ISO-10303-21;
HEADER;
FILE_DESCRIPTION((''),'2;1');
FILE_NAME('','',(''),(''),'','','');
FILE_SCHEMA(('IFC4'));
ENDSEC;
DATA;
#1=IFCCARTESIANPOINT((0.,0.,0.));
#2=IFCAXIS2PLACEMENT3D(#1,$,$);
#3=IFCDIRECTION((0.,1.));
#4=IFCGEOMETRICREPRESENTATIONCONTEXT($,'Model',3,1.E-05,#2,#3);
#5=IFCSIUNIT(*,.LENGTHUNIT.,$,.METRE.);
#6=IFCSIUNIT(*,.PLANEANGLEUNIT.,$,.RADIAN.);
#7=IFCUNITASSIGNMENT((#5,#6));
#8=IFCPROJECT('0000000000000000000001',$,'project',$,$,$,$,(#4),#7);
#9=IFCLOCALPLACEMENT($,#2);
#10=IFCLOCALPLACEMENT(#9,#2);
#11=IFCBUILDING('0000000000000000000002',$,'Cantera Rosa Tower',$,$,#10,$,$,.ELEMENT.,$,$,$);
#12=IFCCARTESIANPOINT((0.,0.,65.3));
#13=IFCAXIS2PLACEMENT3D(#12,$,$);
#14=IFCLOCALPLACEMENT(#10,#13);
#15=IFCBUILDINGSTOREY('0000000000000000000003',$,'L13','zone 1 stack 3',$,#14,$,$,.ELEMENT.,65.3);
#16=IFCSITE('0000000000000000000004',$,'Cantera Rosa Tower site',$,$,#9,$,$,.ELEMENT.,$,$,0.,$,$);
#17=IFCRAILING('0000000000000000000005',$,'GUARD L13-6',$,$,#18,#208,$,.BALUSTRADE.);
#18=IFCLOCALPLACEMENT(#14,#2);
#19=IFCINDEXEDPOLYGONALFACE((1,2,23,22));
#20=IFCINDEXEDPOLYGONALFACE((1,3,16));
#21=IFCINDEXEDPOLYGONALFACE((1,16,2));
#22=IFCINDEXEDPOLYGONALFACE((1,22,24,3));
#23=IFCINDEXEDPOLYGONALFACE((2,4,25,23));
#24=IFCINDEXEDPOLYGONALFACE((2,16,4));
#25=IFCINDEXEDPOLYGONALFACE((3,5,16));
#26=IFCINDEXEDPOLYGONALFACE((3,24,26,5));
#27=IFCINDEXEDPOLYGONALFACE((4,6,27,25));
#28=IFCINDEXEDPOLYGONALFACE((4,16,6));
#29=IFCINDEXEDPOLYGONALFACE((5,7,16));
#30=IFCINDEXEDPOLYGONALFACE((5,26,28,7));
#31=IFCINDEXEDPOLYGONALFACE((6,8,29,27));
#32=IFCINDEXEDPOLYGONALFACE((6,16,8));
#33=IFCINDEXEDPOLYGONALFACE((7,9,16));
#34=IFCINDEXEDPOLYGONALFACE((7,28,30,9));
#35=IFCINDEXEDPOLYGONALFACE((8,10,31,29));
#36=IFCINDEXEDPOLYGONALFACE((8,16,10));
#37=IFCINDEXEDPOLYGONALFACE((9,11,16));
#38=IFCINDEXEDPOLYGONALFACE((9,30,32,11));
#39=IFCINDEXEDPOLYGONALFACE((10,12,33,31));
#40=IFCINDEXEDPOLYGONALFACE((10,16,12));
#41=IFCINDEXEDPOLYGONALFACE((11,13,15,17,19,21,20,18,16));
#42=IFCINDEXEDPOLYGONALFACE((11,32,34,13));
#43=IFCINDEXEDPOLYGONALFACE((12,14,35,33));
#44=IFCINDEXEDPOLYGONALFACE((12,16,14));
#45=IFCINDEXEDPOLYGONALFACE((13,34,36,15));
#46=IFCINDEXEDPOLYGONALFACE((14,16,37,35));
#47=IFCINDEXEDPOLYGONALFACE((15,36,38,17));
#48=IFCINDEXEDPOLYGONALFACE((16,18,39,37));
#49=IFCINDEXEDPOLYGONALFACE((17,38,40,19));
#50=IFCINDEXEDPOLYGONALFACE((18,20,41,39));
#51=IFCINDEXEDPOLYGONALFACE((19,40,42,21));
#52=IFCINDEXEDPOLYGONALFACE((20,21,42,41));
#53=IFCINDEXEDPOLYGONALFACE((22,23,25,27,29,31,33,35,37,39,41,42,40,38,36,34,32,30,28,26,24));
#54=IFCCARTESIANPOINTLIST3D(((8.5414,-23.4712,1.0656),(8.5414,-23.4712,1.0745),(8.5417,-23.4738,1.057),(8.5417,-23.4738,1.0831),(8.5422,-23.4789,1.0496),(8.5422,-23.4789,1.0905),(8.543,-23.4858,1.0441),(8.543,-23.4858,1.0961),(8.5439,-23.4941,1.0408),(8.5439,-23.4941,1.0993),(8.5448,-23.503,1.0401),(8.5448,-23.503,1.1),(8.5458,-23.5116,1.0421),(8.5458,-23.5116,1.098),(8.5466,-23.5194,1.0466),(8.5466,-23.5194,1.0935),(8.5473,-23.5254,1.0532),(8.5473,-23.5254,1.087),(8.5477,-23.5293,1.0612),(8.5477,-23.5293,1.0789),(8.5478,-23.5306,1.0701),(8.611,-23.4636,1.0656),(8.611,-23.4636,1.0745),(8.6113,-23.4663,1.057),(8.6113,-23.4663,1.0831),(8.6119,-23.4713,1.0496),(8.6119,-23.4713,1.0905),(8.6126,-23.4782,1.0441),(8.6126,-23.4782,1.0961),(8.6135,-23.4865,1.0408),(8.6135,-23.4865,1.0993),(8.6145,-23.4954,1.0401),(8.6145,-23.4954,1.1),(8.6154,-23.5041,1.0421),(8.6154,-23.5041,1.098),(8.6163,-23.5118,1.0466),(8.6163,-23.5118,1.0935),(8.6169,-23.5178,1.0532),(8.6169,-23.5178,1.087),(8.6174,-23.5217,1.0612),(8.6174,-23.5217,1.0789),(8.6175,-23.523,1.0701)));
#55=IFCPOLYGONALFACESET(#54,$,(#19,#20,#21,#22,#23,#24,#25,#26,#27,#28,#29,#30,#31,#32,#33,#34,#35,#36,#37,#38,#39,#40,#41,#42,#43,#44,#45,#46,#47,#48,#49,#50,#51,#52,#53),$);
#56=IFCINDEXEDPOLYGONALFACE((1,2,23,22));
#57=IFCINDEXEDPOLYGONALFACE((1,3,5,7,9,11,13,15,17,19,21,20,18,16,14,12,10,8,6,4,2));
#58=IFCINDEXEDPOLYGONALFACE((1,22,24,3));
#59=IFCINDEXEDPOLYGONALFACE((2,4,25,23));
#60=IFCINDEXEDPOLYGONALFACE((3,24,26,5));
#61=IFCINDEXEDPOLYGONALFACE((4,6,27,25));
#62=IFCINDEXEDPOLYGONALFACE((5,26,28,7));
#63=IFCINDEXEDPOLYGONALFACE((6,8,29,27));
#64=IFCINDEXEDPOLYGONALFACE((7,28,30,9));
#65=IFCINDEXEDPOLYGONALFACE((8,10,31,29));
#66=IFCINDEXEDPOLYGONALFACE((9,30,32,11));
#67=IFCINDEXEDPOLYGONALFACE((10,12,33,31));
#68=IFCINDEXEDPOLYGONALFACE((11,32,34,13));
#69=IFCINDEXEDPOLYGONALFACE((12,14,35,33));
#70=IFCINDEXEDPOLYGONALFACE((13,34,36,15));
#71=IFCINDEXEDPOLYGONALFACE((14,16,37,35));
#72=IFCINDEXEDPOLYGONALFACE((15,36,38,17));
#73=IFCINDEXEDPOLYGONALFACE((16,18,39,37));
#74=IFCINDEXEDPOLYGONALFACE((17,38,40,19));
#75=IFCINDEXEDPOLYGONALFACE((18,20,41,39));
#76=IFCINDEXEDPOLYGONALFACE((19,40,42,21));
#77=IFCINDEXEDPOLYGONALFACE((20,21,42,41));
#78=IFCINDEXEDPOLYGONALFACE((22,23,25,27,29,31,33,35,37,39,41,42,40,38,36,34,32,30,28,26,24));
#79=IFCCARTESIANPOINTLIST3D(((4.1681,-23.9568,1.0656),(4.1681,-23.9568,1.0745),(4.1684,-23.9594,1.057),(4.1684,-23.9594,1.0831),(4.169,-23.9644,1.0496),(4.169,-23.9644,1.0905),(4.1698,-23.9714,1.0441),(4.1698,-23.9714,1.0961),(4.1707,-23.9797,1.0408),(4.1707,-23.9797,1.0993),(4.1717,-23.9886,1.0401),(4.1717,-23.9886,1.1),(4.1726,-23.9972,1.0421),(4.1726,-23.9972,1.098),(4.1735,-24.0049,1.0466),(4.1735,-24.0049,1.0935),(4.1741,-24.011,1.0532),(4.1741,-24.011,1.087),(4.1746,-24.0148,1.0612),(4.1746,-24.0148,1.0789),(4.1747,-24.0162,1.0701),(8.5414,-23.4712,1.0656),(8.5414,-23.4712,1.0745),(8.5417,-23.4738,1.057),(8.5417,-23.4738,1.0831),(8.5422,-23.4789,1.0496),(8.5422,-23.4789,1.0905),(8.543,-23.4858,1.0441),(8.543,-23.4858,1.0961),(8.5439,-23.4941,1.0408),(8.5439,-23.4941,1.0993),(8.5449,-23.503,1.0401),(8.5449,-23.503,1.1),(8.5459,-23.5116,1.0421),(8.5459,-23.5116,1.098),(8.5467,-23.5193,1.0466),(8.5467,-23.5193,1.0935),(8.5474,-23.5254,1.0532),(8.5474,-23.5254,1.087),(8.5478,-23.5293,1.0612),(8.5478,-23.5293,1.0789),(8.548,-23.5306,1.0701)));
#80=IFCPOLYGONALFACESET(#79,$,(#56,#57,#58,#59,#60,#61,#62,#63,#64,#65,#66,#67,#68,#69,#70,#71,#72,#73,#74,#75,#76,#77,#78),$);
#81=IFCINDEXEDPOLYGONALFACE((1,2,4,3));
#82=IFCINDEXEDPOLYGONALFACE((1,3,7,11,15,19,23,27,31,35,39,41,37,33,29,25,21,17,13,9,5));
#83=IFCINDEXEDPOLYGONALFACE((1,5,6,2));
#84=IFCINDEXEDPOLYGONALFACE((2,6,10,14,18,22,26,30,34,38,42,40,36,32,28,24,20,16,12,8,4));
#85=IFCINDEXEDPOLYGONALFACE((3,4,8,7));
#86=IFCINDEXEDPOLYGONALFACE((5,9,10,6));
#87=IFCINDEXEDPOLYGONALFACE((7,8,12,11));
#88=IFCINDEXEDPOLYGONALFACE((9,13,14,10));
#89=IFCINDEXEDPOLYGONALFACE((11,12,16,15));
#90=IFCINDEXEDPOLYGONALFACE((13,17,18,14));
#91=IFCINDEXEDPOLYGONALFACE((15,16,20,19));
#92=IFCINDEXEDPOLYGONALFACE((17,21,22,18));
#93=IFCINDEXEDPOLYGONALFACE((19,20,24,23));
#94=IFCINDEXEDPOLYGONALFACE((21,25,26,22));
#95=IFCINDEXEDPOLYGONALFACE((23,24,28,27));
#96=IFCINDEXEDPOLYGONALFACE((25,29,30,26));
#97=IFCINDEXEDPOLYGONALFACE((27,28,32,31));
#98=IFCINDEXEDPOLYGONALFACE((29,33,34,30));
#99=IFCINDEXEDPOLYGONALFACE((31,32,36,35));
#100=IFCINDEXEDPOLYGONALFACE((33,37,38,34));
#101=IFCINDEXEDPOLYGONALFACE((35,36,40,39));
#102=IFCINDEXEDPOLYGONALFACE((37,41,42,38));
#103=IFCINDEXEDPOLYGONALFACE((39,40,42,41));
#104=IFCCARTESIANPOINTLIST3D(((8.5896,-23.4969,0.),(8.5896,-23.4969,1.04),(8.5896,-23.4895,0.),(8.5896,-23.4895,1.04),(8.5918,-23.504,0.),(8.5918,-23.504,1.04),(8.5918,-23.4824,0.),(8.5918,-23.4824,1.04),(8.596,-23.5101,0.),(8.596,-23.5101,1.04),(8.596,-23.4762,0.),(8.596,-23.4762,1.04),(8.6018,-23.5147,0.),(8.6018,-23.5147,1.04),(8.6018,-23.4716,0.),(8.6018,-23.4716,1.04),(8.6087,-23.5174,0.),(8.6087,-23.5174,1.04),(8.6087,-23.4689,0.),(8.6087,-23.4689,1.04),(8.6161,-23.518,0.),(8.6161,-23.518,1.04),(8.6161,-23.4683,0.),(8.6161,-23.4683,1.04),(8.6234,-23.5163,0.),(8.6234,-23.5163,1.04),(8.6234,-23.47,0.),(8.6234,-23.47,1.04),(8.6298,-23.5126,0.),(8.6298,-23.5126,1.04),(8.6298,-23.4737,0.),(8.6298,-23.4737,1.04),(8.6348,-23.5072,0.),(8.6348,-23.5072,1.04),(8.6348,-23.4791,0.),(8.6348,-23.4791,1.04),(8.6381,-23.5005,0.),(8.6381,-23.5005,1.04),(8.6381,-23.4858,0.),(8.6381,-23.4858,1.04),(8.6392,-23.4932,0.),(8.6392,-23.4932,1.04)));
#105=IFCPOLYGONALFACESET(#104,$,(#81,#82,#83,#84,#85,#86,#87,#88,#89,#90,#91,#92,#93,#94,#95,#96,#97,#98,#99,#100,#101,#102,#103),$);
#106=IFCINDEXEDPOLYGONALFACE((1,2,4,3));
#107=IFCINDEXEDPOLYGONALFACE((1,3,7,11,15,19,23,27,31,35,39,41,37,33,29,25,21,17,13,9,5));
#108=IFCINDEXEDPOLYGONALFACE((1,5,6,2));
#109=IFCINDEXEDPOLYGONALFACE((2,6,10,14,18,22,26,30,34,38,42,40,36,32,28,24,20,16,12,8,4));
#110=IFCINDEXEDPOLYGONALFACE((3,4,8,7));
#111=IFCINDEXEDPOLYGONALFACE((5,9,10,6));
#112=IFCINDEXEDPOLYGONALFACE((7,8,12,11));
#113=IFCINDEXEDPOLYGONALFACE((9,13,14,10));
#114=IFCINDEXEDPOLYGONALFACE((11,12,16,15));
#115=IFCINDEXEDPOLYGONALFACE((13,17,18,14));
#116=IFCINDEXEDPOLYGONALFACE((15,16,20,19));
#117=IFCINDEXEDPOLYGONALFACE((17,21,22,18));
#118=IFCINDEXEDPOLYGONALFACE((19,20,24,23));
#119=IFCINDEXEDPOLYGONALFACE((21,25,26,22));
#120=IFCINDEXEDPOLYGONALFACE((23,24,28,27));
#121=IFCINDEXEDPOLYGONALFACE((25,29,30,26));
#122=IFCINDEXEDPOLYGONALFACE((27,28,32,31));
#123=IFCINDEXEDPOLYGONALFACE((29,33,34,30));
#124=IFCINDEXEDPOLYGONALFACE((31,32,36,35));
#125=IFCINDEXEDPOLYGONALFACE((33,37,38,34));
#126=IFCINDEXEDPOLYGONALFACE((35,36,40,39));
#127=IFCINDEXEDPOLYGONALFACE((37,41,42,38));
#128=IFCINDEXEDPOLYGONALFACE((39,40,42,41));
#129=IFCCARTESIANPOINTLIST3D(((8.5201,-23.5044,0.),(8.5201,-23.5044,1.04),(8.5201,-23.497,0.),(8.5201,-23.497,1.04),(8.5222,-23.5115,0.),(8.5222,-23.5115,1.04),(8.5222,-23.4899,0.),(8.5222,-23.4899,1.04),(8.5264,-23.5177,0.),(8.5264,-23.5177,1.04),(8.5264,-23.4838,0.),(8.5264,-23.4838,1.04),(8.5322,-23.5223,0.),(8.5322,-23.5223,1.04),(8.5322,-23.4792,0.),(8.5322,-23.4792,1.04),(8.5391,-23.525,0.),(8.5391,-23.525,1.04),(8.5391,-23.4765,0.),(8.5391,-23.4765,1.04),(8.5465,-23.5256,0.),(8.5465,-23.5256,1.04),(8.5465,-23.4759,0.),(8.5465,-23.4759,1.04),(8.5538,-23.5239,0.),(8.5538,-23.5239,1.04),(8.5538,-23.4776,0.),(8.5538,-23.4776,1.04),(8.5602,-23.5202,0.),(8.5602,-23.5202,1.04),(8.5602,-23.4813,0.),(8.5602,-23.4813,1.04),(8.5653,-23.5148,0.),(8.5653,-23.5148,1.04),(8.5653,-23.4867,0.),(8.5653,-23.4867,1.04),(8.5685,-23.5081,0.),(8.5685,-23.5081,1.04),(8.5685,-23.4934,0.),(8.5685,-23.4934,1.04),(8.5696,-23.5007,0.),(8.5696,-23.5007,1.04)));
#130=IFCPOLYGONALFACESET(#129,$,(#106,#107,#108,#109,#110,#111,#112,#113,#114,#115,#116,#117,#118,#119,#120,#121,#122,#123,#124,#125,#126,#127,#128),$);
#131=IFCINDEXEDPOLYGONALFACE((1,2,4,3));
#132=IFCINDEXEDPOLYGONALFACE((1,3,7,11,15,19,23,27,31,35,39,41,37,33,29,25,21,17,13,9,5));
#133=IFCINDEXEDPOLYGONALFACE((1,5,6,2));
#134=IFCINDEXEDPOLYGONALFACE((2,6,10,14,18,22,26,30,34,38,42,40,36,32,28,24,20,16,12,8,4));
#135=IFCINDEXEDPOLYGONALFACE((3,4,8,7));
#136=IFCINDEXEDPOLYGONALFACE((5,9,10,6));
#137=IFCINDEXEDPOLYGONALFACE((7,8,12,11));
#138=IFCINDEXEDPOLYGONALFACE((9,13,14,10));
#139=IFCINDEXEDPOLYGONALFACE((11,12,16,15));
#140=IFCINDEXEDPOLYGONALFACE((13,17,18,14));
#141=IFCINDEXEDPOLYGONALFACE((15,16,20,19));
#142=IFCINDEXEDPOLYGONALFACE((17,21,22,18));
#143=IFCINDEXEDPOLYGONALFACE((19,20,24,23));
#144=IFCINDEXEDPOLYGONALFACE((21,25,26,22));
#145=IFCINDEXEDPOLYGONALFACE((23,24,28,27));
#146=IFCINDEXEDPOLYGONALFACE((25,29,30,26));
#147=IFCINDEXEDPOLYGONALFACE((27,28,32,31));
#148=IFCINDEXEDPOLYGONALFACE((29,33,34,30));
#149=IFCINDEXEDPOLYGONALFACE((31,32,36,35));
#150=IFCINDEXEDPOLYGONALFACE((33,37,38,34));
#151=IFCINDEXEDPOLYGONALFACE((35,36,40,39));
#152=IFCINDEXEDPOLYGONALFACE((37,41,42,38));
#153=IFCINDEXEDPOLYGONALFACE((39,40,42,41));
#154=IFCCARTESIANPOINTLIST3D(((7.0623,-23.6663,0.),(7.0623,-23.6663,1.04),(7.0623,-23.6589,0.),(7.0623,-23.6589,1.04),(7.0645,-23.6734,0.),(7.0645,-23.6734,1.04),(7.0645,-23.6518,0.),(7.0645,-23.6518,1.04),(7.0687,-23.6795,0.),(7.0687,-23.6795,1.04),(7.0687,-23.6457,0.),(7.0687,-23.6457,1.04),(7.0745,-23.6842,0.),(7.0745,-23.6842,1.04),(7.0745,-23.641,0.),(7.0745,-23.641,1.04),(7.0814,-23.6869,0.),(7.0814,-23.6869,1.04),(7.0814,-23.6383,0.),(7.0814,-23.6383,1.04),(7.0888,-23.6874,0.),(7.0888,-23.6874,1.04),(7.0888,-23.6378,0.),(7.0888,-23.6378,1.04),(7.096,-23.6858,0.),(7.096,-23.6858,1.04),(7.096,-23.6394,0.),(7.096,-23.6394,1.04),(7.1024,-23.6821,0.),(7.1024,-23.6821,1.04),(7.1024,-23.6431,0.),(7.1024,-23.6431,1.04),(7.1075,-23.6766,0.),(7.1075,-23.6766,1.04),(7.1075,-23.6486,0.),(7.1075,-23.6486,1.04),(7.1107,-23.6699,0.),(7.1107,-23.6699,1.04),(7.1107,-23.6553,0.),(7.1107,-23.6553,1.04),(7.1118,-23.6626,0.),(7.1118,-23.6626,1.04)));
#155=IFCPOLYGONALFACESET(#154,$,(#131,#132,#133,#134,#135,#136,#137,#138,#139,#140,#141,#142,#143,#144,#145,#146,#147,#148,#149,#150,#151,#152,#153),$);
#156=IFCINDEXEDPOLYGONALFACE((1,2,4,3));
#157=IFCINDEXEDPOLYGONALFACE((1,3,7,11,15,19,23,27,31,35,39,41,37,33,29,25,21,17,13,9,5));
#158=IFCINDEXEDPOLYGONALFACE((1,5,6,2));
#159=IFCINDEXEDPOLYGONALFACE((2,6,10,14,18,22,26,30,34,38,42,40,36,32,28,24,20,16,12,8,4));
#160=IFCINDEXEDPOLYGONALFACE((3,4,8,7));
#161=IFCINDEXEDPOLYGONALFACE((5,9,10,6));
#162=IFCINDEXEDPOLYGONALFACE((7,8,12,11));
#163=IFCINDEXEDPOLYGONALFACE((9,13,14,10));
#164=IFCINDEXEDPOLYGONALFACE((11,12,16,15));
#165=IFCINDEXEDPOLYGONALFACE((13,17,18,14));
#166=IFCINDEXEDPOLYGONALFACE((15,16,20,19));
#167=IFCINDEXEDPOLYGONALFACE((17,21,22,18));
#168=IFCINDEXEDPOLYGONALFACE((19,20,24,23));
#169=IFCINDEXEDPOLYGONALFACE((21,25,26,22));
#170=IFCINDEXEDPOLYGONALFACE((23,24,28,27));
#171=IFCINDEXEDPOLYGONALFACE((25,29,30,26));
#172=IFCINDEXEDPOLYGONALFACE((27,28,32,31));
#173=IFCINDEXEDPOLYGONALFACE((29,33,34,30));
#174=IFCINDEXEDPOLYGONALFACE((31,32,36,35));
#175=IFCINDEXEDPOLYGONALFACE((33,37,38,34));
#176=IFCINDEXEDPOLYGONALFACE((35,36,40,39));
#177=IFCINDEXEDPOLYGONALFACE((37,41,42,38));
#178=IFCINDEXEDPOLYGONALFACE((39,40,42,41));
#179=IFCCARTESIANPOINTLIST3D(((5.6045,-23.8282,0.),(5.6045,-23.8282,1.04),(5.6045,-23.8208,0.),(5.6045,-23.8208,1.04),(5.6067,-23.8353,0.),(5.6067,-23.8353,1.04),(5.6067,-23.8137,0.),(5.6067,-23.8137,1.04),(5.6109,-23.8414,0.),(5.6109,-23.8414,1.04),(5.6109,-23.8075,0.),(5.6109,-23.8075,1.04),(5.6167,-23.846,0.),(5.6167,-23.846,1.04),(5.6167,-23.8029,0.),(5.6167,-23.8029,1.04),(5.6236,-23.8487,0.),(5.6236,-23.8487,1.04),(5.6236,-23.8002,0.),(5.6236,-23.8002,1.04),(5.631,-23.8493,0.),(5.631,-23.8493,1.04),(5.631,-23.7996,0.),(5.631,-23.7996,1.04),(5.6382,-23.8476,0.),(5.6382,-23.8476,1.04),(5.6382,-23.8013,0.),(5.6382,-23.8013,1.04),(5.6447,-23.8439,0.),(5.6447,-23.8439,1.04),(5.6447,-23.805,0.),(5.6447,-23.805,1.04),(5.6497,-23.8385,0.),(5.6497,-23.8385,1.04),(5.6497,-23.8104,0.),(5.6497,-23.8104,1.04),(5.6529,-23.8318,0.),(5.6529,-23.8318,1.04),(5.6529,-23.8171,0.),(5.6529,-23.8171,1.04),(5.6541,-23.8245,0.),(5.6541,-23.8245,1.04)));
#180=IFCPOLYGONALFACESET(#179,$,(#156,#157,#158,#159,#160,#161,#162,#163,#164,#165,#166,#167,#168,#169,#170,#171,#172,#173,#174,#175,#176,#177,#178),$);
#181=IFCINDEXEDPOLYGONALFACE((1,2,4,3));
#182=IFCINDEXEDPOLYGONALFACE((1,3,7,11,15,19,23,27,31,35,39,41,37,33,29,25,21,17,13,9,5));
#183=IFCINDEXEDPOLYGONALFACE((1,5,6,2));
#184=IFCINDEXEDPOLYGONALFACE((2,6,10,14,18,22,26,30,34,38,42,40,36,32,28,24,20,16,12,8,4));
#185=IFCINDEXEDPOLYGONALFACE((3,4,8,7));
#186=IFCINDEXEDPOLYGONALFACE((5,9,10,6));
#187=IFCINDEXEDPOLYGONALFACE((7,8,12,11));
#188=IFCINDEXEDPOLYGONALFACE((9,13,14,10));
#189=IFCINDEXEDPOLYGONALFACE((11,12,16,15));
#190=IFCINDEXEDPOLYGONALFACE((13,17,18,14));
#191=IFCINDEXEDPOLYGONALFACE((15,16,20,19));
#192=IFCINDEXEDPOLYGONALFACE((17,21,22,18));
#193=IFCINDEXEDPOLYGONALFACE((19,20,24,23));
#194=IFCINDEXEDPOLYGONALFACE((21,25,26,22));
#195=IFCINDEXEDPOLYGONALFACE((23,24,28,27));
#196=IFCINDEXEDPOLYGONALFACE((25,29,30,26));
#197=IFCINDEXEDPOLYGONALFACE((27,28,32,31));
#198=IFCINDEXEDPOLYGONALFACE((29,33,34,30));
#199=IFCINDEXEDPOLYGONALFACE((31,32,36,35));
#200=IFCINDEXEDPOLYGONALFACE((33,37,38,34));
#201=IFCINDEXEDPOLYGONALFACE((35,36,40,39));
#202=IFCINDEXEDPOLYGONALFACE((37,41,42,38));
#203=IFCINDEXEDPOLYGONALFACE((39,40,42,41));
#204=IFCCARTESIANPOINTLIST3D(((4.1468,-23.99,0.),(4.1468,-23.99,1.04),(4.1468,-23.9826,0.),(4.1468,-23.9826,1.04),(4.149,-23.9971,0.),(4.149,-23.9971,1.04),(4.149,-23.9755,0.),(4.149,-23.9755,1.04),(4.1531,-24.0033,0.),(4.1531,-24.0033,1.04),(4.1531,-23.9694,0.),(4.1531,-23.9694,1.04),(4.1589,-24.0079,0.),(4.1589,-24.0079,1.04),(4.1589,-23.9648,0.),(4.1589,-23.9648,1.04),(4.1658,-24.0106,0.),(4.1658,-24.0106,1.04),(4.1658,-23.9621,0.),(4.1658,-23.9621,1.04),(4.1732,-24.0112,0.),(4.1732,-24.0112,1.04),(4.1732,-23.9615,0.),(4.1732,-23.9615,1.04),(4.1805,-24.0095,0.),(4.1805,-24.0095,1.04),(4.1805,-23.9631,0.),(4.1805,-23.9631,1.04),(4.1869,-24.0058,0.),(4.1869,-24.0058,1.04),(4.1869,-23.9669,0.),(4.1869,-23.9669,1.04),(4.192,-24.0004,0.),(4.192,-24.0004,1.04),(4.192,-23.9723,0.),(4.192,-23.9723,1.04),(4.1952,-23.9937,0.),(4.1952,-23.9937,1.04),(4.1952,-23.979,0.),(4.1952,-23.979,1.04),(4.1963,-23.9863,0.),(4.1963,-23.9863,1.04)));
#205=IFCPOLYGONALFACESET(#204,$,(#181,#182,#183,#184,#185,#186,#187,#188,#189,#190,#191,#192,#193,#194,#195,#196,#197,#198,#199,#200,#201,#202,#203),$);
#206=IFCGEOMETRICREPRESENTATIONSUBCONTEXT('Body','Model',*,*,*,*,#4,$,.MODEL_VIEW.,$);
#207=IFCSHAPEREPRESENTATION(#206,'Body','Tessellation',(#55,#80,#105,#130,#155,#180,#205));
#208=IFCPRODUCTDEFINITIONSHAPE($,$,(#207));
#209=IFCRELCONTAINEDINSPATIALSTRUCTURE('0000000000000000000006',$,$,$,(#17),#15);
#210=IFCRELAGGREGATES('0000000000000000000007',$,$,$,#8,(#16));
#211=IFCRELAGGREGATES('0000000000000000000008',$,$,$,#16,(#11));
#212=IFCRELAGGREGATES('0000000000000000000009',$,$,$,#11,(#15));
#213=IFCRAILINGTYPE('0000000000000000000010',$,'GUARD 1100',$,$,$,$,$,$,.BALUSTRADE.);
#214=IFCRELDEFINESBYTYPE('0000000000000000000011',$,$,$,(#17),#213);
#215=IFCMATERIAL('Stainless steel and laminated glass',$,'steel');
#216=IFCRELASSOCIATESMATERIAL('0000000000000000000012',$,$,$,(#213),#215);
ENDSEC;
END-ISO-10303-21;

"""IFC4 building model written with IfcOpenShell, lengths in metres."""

from ifc_helpers import new_model, si_unit, direction, frame, origin, origin_2d, place, context, subcontext, project, spatial, circle, extrude, material, type_object, element, save


model = new_model("IFC4")

# Units and contexts
model_context = context("Model", 3, precision=1e-05, world=origin(), true_north=direction((0.0, 1.0)))
body_context = subcontext(model_context, "Body", "Model", "MODEL_VIEW")
ifc_project = project(units=[si_unit("LENGTHUNIT", "METRE"), si_unit("PLANEANGLEUNIT", "RADIAN")], contexts=[model_context])

# Site, building, storey
site_placement = place(None, origin())
site = spatial("IfcSite", under=ifc_project, at=site_placement, Name="Cantera Rosa Tower site", CompositionType="ELEMENT", RefElevation=0.0)
building_placement = place(site_placement, origin())
building = spatial("IfcBuilding", under=site, at=building_placement, Name="Cantera Rosa Tower", CompositionType="ELEMENT")
storey_placement = place(building_placement, frame((0.0, 0.0, 65.3)))
storey = spatial("IfcBuildingStorey", under=building, at=storey_placement, Name="L13", Description="zone 1 stack 3", CompositionType="ELEMENT", Elevation=65.3)

# Railing
ifc_material_1 = material(Name="Stainless steel and laminated glass", Category="steel")
railing_type_1 = type_object("IfcRailingType", Name="GUARD 1100", PredefinedType="BALUSTRADE", material=ifc_material_1)
railing_1_placement = place(storey_placement, frame((8.6143, -23.4932, 0.0)))
element("IfcRailing", 1, at=railing_1_placement, inside=storey, type_object=railing_type_1, Name="GUARD L13-6", PredefinedType="BALUSTRADE", context=body_context, shape_type="SweptSolid", body=[
    extrude(circle(Radius=0.03, at=origin_2d()), frame((0.0, 0.0, 1.0701), z_axis=(-0.994136, -0.108134, 0.0), x_axis=(0.108134, -0.994136, 0.0)), (0.0, 0.0, 1.0), 0.0701),
    extrude(circle(Radius=0.03, at=origin_2d()), frame((-0.0696, -0.0076, 1.0701), z_axis=(-0.993892, -0.110358, 0.0), x_axis=(0.110358, -0.993892, 0.0)), (0.0, 0.0, 1.0), 4.4001),
    extrude(circle(Radius=0.0249, at=origin_2d()), origin(), (0.0, 0.0, 1.0), 1.04),
    extrude(circle(Radius=0.0249, at=origin_2d()), frame((-0.0696, -0.0076, 0.0)), (0.0, 0.0, 1.0), 1.04),
    extrude(circle(Radius=0.0249, at=origin_2d()), frame((-1.5273, -0.1694, 0.0)), (0.0, 0.0, 1.0), 1.04),
    extrude(circle(Radius=0.0249, at=origin_2d()), frame((-2.9851, -0.3313, 0.0)), (0.0, 0.0, 1.0), 1.04),
    extrude(circle(Radius=0.0249, at=origin_2d()), frame((-4.4429, -0.4932, 0.0)), (0.0, 0.0, 1.0), 1.04),
])

save(model, "model.ifc")
